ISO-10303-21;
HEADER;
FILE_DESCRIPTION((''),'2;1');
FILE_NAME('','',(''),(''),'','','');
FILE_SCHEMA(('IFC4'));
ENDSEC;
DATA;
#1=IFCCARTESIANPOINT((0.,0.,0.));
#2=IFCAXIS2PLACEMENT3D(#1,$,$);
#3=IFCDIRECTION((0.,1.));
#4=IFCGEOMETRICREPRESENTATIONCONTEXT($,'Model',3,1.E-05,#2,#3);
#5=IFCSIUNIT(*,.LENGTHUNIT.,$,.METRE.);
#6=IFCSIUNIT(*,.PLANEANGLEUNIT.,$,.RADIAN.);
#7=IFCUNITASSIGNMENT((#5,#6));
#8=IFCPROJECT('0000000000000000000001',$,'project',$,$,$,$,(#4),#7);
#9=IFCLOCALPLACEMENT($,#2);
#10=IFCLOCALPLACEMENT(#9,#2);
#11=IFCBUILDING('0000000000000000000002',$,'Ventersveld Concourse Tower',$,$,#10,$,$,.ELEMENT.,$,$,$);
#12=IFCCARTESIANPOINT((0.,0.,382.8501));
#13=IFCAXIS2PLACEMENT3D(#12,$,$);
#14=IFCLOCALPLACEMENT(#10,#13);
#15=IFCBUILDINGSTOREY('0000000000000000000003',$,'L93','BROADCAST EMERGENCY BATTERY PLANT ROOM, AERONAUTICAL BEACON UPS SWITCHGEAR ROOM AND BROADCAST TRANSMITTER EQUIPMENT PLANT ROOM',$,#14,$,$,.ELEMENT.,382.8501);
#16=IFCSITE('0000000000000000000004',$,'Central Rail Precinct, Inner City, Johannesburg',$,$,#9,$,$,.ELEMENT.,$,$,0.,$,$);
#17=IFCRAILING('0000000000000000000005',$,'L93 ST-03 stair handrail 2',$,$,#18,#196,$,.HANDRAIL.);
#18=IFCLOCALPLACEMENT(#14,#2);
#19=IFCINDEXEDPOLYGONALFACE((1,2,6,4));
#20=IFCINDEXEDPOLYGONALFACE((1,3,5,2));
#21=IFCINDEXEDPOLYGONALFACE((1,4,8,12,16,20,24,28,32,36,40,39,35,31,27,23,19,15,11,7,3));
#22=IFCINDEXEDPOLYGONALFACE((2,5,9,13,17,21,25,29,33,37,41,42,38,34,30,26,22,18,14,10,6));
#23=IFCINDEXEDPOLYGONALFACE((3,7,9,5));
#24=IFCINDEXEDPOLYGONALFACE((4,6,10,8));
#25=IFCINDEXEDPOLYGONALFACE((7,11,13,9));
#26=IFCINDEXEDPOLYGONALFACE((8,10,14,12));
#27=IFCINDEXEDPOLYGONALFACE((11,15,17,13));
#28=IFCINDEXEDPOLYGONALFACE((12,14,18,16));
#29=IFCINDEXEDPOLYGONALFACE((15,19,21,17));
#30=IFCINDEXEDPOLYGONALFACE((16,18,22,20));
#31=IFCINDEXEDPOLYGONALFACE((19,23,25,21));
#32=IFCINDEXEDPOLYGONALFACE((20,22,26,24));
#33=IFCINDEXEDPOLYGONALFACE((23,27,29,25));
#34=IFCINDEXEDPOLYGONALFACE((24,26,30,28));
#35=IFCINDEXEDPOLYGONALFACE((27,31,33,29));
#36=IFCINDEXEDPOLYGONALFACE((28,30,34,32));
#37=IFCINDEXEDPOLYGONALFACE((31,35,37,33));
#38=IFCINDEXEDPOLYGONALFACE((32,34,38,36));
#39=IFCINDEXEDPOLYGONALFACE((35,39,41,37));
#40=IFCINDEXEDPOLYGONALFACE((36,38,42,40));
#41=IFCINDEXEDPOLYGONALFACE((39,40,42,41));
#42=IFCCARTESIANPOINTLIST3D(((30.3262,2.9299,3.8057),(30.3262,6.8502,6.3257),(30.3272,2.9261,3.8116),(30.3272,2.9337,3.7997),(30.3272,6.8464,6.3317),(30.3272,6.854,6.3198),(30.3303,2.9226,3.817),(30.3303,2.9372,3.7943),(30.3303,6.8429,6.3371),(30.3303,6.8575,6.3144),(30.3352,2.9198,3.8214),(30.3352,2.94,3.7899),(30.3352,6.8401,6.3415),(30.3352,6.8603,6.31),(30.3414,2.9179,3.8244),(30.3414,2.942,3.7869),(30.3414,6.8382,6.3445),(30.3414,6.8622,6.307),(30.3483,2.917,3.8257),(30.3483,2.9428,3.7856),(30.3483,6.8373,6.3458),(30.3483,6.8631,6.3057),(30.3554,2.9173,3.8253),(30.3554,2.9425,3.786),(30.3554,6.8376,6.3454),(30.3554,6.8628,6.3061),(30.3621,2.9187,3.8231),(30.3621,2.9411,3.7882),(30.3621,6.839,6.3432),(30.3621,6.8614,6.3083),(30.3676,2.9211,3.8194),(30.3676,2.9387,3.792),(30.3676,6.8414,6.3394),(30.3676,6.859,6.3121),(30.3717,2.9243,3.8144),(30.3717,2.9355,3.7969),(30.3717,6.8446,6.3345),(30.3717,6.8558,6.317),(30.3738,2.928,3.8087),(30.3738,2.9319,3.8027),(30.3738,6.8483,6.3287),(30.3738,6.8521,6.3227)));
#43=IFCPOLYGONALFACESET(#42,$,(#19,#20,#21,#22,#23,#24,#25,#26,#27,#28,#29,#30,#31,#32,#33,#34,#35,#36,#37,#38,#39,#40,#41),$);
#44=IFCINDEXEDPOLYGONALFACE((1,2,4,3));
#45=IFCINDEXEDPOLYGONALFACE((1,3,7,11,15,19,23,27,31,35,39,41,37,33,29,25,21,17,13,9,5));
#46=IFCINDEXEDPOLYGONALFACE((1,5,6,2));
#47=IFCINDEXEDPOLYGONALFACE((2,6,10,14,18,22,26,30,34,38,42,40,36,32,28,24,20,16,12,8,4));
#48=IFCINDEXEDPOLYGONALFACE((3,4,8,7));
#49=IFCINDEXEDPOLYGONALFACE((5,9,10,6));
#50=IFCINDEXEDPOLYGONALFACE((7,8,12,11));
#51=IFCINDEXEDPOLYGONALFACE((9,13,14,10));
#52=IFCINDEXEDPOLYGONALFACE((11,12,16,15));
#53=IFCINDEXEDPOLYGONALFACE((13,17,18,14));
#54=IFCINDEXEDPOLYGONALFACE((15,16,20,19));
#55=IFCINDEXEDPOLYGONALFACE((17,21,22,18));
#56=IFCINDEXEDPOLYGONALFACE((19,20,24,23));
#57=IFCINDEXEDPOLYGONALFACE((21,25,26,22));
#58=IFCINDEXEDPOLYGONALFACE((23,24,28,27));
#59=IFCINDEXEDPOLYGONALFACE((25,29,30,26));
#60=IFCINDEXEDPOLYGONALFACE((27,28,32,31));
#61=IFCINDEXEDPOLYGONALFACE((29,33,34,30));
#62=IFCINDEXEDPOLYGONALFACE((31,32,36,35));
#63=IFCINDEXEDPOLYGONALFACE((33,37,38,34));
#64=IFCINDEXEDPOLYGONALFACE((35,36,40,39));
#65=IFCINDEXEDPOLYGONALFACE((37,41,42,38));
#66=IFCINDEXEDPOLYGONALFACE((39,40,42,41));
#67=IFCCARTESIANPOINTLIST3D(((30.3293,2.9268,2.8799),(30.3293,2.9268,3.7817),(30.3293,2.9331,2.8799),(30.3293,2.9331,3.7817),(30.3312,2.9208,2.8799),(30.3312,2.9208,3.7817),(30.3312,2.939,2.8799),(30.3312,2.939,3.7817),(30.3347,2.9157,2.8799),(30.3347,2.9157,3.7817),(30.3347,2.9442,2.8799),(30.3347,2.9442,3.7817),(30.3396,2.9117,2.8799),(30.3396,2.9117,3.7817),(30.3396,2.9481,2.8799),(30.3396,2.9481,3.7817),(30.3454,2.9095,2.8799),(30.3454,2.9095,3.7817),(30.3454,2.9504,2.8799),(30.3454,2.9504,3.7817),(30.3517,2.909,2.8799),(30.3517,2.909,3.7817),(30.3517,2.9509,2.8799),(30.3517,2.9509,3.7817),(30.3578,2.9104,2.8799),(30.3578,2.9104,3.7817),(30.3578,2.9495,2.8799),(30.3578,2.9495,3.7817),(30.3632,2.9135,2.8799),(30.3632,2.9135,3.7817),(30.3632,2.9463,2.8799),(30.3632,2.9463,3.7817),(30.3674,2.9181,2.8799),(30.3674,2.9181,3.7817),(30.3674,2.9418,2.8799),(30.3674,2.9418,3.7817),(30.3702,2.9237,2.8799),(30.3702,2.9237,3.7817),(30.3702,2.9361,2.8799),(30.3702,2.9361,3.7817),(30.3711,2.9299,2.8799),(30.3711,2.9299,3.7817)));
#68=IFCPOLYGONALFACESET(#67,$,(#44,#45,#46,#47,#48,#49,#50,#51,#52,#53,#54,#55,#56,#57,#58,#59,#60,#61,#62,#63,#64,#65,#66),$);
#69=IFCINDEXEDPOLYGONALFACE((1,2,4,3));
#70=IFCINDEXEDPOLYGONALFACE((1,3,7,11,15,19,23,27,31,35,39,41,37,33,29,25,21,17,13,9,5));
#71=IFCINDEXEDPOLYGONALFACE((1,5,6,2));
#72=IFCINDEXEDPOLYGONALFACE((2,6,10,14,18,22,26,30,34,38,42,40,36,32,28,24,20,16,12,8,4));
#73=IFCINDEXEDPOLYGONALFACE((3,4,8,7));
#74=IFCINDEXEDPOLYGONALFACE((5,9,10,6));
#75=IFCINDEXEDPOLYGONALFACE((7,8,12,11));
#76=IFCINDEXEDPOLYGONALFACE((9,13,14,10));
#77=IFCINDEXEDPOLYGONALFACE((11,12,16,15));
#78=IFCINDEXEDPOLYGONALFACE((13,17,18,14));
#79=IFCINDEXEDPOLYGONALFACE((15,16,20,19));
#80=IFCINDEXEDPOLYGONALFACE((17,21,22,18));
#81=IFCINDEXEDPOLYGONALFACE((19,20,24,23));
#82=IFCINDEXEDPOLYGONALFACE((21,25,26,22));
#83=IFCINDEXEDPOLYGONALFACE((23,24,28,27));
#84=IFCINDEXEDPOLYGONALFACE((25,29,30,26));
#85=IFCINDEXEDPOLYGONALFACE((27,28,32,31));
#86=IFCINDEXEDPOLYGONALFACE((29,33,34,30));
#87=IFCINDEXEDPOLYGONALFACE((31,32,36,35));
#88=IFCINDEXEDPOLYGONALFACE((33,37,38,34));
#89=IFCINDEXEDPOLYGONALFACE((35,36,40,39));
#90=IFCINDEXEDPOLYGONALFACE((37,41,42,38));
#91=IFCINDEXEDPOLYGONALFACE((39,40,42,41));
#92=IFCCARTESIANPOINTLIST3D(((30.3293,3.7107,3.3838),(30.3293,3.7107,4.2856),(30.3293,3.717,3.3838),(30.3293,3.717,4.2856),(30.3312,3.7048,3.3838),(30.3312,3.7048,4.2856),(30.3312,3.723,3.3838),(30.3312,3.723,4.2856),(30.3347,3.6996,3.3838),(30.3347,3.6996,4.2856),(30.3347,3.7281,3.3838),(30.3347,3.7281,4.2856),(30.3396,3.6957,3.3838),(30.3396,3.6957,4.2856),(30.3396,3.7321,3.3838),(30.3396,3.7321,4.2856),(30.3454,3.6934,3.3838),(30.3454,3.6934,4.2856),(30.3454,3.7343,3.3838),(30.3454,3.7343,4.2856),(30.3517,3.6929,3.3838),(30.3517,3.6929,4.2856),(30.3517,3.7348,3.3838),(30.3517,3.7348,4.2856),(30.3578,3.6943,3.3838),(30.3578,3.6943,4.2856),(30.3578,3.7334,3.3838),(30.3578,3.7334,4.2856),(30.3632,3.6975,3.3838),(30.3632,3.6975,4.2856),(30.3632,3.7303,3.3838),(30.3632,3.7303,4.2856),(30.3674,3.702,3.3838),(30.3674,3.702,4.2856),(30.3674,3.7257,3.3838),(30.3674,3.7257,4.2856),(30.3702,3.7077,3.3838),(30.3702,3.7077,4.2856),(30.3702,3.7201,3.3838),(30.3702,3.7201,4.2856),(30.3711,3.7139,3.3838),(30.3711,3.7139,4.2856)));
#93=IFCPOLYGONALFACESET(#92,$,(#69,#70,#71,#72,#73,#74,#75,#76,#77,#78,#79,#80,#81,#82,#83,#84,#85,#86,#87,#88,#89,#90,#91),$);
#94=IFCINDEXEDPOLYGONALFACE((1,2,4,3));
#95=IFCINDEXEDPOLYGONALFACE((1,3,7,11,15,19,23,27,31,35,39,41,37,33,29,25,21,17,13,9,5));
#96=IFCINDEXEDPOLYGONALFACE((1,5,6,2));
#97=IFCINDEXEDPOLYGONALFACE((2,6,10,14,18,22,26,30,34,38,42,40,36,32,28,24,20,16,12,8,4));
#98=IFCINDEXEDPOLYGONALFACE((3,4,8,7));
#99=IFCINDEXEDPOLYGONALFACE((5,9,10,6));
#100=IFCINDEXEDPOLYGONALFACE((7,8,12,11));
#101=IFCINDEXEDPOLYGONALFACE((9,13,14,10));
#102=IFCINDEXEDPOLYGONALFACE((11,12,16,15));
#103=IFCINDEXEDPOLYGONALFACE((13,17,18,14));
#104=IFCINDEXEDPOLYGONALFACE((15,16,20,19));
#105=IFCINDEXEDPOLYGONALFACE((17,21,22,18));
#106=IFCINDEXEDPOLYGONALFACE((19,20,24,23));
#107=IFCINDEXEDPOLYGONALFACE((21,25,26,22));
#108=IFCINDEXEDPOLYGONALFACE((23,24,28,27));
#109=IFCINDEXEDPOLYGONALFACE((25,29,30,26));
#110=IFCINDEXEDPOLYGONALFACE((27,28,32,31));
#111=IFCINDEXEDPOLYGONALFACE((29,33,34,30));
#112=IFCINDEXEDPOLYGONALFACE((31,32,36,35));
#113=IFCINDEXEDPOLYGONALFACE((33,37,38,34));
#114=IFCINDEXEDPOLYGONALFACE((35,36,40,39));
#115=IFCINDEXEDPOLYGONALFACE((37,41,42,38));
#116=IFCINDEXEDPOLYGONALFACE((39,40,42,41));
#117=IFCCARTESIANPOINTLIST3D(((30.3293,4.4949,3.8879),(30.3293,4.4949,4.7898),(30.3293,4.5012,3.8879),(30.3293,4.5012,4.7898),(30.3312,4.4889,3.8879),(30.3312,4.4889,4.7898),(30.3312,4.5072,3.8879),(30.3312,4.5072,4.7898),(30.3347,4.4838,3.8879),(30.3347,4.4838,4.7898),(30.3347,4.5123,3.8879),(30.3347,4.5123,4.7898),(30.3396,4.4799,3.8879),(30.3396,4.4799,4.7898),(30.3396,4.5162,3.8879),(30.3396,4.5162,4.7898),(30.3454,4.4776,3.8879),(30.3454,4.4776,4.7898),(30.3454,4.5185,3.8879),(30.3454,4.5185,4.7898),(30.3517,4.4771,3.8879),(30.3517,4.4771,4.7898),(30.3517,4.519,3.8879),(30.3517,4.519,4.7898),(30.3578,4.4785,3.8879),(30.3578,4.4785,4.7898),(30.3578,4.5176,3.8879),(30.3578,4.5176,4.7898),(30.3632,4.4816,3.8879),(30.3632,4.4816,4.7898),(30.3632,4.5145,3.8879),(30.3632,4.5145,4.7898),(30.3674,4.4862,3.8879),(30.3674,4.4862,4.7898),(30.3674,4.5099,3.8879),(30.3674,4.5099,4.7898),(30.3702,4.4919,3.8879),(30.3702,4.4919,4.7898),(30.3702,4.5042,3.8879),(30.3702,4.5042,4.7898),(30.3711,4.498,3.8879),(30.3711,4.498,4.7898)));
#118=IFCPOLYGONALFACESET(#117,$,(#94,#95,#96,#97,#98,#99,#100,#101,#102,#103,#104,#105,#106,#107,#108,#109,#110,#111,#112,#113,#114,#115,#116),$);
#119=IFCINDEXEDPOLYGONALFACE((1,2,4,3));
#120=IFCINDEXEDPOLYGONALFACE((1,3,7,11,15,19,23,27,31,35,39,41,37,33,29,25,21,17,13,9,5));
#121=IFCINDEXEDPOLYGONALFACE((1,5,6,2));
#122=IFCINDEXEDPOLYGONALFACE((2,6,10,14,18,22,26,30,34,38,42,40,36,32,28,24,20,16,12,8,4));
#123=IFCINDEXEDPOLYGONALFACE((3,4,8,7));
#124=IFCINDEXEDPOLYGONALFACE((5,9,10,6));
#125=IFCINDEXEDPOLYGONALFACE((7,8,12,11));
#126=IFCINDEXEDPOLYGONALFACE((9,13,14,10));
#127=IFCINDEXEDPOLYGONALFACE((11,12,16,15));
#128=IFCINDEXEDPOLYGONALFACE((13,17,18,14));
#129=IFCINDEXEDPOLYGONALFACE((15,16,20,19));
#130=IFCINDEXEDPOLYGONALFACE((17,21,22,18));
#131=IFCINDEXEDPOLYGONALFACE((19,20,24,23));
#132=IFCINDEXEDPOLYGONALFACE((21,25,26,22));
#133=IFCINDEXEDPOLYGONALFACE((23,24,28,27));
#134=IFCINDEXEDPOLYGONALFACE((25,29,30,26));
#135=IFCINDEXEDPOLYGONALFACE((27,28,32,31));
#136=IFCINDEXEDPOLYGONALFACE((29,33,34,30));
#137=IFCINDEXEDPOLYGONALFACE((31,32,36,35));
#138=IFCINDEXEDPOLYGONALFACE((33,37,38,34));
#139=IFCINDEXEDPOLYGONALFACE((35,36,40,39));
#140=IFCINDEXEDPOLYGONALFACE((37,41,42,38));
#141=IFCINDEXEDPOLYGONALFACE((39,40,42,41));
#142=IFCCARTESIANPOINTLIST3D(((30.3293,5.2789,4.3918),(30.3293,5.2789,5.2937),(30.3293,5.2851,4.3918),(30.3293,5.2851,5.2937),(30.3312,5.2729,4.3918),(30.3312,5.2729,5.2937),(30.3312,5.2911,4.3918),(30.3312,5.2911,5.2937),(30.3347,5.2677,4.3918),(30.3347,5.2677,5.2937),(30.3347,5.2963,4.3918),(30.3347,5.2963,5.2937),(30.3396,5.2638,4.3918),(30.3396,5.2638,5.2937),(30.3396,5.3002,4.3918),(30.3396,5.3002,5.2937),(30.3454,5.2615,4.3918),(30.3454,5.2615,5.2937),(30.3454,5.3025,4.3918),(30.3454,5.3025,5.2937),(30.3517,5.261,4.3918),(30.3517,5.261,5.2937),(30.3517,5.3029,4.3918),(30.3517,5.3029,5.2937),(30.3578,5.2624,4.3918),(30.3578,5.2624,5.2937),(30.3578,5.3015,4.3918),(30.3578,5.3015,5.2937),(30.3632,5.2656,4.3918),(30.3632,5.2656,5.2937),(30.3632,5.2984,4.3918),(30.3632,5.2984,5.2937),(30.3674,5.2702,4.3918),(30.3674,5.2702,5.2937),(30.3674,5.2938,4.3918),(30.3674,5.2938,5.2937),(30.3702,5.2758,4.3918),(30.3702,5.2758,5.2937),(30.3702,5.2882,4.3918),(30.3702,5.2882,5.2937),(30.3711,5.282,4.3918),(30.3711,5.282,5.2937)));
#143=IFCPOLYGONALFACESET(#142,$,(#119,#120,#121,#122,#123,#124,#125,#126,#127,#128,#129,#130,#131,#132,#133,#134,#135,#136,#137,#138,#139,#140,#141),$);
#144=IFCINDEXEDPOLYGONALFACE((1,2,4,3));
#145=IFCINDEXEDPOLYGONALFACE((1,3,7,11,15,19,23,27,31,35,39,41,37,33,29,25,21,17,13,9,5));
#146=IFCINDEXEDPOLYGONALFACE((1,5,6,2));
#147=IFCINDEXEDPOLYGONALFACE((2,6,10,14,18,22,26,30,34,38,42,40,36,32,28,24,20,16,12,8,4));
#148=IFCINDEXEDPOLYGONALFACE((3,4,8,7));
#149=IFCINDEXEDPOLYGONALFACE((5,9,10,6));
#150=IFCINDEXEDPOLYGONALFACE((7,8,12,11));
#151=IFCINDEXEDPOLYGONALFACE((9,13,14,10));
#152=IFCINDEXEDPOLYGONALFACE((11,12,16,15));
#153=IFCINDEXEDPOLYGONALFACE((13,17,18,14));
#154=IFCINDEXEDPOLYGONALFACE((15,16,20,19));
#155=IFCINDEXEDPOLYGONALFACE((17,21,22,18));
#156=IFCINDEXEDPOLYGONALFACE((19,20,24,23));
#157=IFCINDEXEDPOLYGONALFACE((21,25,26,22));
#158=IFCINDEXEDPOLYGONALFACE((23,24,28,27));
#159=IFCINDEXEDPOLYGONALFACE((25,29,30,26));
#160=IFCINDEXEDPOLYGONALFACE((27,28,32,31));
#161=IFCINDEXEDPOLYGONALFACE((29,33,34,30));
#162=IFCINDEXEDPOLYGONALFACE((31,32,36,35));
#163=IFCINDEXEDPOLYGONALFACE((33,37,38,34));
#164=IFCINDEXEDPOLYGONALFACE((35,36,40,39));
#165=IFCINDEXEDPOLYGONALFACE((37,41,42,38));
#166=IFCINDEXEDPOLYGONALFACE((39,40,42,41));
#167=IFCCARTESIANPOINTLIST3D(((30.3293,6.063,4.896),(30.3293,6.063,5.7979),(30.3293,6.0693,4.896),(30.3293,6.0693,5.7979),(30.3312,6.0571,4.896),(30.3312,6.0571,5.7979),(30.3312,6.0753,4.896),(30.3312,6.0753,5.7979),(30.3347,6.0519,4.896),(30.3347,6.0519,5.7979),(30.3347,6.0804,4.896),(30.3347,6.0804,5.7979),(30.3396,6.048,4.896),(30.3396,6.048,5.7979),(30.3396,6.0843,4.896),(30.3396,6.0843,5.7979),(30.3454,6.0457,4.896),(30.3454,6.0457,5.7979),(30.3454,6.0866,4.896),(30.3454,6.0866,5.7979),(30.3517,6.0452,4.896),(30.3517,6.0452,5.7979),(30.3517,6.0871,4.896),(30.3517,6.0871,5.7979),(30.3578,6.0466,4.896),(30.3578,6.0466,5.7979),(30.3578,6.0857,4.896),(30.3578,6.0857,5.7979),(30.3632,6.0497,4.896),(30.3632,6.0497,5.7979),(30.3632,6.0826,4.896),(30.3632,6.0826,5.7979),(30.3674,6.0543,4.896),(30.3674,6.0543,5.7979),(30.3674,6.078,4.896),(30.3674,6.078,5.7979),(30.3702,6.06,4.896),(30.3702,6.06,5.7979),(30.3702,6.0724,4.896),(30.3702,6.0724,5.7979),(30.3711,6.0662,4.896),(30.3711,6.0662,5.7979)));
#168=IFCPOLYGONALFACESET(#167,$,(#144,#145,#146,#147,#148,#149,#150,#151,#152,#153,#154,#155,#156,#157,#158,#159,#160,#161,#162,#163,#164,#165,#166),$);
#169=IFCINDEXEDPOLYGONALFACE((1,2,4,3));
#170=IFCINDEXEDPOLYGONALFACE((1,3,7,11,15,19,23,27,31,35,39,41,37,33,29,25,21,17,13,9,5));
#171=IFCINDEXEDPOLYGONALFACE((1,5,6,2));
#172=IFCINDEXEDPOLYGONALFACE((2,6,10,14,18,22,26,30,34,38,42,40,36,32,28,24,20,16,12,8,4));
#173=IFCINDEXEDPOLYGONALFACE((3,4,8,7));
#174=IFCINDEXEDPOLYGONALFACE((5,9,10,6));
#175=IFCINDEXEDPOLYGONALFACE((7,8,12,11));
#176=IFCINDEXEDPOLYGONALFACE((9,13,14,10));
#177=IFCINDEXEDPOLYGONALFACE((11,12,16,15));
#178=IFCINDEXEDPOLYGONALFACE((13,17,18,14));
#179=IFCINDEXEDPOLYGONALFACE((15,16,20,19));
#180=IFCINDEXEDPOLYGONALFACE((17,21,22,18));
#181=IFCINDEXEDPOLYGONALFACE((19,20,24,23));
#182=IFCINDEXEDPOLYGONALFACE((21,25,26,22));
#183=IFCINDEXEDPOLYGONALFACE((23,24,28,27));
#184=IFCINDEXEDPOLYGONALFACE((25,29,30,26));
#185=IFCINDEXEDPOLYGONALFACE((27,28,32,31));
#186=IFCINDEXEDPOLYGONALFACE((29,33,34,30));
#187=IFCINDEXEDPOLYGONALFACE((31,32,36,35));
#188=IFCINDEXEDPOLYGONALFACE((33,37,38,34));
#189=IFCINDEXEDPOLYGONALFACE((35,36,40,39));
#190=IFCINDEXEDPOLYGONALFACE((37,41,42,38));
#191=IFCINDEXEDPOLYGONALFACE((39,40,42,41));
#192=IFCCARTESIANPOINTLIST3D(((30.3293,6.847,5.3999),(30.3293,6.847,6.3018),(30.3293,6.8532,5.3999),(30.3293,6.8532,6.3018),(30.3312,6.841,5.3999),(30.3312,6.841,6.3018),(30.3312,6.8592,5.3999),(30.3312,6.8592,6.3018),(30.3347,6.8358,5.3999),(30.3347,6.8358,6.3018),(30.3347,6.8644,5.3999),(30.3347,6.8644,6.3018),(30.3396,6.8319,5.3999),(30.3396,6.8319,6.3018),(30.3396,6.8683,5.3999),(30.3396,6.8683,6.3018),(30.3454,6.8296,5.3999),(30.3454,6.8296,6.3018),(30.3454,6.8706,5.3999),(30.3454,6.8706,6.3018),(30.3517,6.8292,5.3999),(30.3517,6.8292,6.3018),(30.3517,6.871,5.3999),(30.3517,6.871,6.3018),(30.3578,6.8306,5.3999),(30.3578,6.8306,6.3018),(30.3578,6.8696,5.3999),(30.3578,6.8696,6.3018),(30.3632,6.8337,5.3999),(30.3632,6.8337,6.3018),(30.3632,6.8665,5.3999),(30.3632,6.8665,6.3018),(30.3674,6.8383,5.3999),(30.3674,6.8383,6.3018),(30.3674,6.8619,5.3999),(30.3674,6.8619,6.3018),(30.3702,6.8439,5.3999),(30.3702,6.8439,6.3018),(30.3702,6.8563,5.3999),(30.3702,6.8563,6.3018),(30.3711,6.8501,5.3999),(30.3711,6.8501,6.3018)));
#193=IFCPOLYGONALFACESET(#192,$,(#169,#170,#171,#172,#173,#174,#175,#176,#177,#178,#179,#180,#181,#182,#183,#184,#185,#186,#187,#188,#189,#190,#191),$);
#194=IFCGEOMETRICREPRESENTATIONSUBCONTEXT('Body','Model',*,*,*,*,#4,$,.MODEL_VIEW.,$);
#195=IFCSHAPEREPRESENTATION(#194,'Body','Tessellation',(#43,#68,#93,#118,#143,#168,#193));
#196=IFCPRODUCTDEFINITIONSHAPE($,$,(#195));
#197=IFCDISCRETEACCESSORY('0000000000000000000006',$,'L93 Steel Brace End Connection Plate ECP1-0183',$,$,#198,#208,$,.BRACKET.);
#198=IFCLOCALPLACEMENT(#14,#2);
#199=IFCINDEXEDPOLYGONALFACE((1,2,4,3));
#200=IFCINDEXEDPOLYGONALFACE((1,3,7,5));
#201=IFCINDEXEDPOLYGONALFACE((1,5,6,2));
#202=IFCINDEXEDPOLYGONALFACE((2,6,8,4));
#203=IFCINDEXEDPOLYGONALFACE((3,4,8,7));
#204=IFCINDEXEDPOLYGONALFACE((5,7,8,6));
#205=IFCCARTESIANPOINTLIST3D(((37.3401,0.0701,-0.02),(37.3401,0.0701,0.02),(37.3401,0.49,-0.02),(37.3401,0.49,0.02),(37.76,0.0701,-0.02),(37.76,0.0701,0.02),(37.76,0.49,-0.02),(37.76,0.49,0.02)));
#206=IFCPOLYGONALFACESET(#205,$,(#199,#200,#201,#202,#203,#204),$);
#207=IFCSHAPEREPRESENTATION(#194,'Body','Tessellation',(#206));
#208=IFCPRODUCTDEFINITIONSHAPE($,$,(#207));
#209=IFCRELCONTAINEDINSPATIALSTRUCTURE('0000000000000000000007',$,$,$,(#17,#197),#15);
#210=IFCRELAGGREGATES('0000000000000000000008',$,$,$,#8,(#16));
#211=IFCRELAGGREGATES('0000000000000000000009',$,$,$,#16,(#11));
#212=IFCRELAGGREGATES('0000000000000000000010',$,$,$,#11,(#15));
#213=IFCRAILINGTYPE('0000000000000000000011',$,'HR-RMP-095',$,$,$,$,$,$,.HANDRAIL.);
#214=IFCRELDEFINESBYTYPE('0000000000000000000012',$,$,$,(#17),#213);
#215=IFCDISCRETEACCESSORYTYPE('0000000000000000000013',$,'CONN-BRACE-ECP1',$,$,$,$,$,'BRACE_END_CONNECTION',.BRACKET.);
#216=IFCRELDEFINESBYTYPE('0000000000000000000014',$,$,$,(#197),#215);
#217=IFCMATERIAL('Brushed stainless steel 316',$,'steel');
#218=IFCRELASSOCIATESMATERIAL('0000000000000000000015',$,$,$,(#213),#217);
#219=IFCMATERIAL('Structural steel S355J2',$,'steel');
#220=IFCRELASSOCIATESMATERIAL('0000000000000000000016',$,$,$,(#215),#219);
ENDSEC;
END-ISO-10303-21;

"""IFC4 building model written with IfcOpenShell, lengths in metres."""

from ifc_helpers import new_model, si_unit, direction, frame, origin, origin_2d, place, context, subcontext, project, spatial, rectangle, circle, extrude, material, type_object, element, save


model = new_model("IFC4")

# Units and contexts
model_context = context("Model", 3, precision=1e-05, world=origin(), true_north=direction((0.0, 1.0)))
body_context = subcontext(model_context, "Body", "Model", "MODEL_VIEW")
ifc_project = project(units=[si_unit("LENGTHUNIT", "METRE"), si_unit("PLANEANGLEUNIT", "RADIAN")], contexts=[model_context])

# Site, building, storey
site_placement = place(None, origin())
site = spatial("IfcSite", under=ifc_project, at=site_placement, Name="Central Rail Precinct, Inner City, Johannesburg", CompositionType="ELEMENT", RefElevation=0.0)
building_placement = place(site_placement, origin())
building = spatial("IfcBuilding", under=site, at=building_placement, Name="Ventersveld Concourse Tower", CompositionType="ELEMENT")
storey_placement = place(building_placement, frame((0.0, 0.0, 382.8501)))
storey = spatial("IfcBuildingStorey", under=building, at=storey_placement, Name="L93", Description="BROADCAST EMERGENCY BATTERY PLANT ROOM, AERONAUTICAL BEACON UPS SWITCHGEAR ROOM AND BROADCAST TRANSMITTER EQUIPMENT PLANT ROOM", CompositionType="ELEMENT", Elevation=382.8501)

# Shared definitions
ifc_material_1 = material(Name="Structural steel S355J2", Category="steel")

# Shared definitions
ifc_material_2 = material(Name="Brushed stainless steel 316", Category="steel")

# Railing
railing_type_1 = type_object("IfcRailingType", Name="HR-RMP-095", PredefinedType="HANDRAIL", material=ifc_material_2)
railing_1_placement = place(storey_placement, frame((30.3501, 2.9299, 2.8799)))
element("IfcRailing", 1, at=railing_1_placement, inside=storey, type_object=railing_type_1, Name="L93 ST-03 stair handrail 2", PredefinedType="HANDRAIL", context=body_context, shape_type="SweptSolid", body=[
    extrude(circle(Radius=0.0239, at=origin_2d()), frame((0.0, 0.0, 0.9258), z_axis=(0.0, 0.841187, 0.540744), x_axis=(-1.0, 0.0, 0.0)), (0.0, 0.0, 1.0), 4.6604),
    extrude(circle(Radius=0.021, at=origin_2d()), origin(), (0.0, 0.0, 1.0), 0.9019),
    extrude(circle(Radius=0.021, at=origin_2d()), frame((0.0, 0.7839, 0.5039)), (0.0, 0.0, 1.0), 0.9019),
    extrude(circle(Radius=0.021, at=origin_2d()), frame((0.0, 1.5681, 1.0081)), (0.0, 0.0, 1.0), 0.9019),
    extrude(circle(Radius=0.021, at=origin_2d()), frame((0.0, 2.3521, 1.512)), (0.0, 0.0, 1.0), 0.9019),
    extrude(circle(Radius=0.021, at=origin_2d()), frame((0.0, 3.1362, 2.0161)), (0.0, 0.0, 1.0), 0.9019),
    extrude(circle(Radius=0.021, at=origin_2d()), frame((0.0, 3.9202, 2.52)), (0.0, 0.0, 1.0), 0.9019),
])

# Discrete accessory
discrete_accessory_type = type_object("IfcDiscreteAccessoryType", Name="CONN-BRACE-ECP1", ElementType="BRACE_END_CONNECTION", PredefinedType="BRACKET", material=ifc_material_1)
discrete_accessory_placement = place(storey_placement, frame((37.55, 0.28, -0.02), z_axis=(0.0, 0.0, 1.0), x_axis=(1.0, 0.0, 0.0)))
element("IfcDiscreteAccessory", 2, at=discrete_accessory_placement, inside=storey, type_object=discrete_accessory_type, Name="L93 Steel Brace End Connection Plate ECP1-0183", PredefinedType="BRACKET", context=body_context, shape_type="SweptSolid", body=[
    extrude(rectangle(XDim=0.4199, YDim=0.4199, at=origin_2d()), origin(), (0.0, 0.0, 1.0), 0.04),
])

save(model, "model.ifc")
